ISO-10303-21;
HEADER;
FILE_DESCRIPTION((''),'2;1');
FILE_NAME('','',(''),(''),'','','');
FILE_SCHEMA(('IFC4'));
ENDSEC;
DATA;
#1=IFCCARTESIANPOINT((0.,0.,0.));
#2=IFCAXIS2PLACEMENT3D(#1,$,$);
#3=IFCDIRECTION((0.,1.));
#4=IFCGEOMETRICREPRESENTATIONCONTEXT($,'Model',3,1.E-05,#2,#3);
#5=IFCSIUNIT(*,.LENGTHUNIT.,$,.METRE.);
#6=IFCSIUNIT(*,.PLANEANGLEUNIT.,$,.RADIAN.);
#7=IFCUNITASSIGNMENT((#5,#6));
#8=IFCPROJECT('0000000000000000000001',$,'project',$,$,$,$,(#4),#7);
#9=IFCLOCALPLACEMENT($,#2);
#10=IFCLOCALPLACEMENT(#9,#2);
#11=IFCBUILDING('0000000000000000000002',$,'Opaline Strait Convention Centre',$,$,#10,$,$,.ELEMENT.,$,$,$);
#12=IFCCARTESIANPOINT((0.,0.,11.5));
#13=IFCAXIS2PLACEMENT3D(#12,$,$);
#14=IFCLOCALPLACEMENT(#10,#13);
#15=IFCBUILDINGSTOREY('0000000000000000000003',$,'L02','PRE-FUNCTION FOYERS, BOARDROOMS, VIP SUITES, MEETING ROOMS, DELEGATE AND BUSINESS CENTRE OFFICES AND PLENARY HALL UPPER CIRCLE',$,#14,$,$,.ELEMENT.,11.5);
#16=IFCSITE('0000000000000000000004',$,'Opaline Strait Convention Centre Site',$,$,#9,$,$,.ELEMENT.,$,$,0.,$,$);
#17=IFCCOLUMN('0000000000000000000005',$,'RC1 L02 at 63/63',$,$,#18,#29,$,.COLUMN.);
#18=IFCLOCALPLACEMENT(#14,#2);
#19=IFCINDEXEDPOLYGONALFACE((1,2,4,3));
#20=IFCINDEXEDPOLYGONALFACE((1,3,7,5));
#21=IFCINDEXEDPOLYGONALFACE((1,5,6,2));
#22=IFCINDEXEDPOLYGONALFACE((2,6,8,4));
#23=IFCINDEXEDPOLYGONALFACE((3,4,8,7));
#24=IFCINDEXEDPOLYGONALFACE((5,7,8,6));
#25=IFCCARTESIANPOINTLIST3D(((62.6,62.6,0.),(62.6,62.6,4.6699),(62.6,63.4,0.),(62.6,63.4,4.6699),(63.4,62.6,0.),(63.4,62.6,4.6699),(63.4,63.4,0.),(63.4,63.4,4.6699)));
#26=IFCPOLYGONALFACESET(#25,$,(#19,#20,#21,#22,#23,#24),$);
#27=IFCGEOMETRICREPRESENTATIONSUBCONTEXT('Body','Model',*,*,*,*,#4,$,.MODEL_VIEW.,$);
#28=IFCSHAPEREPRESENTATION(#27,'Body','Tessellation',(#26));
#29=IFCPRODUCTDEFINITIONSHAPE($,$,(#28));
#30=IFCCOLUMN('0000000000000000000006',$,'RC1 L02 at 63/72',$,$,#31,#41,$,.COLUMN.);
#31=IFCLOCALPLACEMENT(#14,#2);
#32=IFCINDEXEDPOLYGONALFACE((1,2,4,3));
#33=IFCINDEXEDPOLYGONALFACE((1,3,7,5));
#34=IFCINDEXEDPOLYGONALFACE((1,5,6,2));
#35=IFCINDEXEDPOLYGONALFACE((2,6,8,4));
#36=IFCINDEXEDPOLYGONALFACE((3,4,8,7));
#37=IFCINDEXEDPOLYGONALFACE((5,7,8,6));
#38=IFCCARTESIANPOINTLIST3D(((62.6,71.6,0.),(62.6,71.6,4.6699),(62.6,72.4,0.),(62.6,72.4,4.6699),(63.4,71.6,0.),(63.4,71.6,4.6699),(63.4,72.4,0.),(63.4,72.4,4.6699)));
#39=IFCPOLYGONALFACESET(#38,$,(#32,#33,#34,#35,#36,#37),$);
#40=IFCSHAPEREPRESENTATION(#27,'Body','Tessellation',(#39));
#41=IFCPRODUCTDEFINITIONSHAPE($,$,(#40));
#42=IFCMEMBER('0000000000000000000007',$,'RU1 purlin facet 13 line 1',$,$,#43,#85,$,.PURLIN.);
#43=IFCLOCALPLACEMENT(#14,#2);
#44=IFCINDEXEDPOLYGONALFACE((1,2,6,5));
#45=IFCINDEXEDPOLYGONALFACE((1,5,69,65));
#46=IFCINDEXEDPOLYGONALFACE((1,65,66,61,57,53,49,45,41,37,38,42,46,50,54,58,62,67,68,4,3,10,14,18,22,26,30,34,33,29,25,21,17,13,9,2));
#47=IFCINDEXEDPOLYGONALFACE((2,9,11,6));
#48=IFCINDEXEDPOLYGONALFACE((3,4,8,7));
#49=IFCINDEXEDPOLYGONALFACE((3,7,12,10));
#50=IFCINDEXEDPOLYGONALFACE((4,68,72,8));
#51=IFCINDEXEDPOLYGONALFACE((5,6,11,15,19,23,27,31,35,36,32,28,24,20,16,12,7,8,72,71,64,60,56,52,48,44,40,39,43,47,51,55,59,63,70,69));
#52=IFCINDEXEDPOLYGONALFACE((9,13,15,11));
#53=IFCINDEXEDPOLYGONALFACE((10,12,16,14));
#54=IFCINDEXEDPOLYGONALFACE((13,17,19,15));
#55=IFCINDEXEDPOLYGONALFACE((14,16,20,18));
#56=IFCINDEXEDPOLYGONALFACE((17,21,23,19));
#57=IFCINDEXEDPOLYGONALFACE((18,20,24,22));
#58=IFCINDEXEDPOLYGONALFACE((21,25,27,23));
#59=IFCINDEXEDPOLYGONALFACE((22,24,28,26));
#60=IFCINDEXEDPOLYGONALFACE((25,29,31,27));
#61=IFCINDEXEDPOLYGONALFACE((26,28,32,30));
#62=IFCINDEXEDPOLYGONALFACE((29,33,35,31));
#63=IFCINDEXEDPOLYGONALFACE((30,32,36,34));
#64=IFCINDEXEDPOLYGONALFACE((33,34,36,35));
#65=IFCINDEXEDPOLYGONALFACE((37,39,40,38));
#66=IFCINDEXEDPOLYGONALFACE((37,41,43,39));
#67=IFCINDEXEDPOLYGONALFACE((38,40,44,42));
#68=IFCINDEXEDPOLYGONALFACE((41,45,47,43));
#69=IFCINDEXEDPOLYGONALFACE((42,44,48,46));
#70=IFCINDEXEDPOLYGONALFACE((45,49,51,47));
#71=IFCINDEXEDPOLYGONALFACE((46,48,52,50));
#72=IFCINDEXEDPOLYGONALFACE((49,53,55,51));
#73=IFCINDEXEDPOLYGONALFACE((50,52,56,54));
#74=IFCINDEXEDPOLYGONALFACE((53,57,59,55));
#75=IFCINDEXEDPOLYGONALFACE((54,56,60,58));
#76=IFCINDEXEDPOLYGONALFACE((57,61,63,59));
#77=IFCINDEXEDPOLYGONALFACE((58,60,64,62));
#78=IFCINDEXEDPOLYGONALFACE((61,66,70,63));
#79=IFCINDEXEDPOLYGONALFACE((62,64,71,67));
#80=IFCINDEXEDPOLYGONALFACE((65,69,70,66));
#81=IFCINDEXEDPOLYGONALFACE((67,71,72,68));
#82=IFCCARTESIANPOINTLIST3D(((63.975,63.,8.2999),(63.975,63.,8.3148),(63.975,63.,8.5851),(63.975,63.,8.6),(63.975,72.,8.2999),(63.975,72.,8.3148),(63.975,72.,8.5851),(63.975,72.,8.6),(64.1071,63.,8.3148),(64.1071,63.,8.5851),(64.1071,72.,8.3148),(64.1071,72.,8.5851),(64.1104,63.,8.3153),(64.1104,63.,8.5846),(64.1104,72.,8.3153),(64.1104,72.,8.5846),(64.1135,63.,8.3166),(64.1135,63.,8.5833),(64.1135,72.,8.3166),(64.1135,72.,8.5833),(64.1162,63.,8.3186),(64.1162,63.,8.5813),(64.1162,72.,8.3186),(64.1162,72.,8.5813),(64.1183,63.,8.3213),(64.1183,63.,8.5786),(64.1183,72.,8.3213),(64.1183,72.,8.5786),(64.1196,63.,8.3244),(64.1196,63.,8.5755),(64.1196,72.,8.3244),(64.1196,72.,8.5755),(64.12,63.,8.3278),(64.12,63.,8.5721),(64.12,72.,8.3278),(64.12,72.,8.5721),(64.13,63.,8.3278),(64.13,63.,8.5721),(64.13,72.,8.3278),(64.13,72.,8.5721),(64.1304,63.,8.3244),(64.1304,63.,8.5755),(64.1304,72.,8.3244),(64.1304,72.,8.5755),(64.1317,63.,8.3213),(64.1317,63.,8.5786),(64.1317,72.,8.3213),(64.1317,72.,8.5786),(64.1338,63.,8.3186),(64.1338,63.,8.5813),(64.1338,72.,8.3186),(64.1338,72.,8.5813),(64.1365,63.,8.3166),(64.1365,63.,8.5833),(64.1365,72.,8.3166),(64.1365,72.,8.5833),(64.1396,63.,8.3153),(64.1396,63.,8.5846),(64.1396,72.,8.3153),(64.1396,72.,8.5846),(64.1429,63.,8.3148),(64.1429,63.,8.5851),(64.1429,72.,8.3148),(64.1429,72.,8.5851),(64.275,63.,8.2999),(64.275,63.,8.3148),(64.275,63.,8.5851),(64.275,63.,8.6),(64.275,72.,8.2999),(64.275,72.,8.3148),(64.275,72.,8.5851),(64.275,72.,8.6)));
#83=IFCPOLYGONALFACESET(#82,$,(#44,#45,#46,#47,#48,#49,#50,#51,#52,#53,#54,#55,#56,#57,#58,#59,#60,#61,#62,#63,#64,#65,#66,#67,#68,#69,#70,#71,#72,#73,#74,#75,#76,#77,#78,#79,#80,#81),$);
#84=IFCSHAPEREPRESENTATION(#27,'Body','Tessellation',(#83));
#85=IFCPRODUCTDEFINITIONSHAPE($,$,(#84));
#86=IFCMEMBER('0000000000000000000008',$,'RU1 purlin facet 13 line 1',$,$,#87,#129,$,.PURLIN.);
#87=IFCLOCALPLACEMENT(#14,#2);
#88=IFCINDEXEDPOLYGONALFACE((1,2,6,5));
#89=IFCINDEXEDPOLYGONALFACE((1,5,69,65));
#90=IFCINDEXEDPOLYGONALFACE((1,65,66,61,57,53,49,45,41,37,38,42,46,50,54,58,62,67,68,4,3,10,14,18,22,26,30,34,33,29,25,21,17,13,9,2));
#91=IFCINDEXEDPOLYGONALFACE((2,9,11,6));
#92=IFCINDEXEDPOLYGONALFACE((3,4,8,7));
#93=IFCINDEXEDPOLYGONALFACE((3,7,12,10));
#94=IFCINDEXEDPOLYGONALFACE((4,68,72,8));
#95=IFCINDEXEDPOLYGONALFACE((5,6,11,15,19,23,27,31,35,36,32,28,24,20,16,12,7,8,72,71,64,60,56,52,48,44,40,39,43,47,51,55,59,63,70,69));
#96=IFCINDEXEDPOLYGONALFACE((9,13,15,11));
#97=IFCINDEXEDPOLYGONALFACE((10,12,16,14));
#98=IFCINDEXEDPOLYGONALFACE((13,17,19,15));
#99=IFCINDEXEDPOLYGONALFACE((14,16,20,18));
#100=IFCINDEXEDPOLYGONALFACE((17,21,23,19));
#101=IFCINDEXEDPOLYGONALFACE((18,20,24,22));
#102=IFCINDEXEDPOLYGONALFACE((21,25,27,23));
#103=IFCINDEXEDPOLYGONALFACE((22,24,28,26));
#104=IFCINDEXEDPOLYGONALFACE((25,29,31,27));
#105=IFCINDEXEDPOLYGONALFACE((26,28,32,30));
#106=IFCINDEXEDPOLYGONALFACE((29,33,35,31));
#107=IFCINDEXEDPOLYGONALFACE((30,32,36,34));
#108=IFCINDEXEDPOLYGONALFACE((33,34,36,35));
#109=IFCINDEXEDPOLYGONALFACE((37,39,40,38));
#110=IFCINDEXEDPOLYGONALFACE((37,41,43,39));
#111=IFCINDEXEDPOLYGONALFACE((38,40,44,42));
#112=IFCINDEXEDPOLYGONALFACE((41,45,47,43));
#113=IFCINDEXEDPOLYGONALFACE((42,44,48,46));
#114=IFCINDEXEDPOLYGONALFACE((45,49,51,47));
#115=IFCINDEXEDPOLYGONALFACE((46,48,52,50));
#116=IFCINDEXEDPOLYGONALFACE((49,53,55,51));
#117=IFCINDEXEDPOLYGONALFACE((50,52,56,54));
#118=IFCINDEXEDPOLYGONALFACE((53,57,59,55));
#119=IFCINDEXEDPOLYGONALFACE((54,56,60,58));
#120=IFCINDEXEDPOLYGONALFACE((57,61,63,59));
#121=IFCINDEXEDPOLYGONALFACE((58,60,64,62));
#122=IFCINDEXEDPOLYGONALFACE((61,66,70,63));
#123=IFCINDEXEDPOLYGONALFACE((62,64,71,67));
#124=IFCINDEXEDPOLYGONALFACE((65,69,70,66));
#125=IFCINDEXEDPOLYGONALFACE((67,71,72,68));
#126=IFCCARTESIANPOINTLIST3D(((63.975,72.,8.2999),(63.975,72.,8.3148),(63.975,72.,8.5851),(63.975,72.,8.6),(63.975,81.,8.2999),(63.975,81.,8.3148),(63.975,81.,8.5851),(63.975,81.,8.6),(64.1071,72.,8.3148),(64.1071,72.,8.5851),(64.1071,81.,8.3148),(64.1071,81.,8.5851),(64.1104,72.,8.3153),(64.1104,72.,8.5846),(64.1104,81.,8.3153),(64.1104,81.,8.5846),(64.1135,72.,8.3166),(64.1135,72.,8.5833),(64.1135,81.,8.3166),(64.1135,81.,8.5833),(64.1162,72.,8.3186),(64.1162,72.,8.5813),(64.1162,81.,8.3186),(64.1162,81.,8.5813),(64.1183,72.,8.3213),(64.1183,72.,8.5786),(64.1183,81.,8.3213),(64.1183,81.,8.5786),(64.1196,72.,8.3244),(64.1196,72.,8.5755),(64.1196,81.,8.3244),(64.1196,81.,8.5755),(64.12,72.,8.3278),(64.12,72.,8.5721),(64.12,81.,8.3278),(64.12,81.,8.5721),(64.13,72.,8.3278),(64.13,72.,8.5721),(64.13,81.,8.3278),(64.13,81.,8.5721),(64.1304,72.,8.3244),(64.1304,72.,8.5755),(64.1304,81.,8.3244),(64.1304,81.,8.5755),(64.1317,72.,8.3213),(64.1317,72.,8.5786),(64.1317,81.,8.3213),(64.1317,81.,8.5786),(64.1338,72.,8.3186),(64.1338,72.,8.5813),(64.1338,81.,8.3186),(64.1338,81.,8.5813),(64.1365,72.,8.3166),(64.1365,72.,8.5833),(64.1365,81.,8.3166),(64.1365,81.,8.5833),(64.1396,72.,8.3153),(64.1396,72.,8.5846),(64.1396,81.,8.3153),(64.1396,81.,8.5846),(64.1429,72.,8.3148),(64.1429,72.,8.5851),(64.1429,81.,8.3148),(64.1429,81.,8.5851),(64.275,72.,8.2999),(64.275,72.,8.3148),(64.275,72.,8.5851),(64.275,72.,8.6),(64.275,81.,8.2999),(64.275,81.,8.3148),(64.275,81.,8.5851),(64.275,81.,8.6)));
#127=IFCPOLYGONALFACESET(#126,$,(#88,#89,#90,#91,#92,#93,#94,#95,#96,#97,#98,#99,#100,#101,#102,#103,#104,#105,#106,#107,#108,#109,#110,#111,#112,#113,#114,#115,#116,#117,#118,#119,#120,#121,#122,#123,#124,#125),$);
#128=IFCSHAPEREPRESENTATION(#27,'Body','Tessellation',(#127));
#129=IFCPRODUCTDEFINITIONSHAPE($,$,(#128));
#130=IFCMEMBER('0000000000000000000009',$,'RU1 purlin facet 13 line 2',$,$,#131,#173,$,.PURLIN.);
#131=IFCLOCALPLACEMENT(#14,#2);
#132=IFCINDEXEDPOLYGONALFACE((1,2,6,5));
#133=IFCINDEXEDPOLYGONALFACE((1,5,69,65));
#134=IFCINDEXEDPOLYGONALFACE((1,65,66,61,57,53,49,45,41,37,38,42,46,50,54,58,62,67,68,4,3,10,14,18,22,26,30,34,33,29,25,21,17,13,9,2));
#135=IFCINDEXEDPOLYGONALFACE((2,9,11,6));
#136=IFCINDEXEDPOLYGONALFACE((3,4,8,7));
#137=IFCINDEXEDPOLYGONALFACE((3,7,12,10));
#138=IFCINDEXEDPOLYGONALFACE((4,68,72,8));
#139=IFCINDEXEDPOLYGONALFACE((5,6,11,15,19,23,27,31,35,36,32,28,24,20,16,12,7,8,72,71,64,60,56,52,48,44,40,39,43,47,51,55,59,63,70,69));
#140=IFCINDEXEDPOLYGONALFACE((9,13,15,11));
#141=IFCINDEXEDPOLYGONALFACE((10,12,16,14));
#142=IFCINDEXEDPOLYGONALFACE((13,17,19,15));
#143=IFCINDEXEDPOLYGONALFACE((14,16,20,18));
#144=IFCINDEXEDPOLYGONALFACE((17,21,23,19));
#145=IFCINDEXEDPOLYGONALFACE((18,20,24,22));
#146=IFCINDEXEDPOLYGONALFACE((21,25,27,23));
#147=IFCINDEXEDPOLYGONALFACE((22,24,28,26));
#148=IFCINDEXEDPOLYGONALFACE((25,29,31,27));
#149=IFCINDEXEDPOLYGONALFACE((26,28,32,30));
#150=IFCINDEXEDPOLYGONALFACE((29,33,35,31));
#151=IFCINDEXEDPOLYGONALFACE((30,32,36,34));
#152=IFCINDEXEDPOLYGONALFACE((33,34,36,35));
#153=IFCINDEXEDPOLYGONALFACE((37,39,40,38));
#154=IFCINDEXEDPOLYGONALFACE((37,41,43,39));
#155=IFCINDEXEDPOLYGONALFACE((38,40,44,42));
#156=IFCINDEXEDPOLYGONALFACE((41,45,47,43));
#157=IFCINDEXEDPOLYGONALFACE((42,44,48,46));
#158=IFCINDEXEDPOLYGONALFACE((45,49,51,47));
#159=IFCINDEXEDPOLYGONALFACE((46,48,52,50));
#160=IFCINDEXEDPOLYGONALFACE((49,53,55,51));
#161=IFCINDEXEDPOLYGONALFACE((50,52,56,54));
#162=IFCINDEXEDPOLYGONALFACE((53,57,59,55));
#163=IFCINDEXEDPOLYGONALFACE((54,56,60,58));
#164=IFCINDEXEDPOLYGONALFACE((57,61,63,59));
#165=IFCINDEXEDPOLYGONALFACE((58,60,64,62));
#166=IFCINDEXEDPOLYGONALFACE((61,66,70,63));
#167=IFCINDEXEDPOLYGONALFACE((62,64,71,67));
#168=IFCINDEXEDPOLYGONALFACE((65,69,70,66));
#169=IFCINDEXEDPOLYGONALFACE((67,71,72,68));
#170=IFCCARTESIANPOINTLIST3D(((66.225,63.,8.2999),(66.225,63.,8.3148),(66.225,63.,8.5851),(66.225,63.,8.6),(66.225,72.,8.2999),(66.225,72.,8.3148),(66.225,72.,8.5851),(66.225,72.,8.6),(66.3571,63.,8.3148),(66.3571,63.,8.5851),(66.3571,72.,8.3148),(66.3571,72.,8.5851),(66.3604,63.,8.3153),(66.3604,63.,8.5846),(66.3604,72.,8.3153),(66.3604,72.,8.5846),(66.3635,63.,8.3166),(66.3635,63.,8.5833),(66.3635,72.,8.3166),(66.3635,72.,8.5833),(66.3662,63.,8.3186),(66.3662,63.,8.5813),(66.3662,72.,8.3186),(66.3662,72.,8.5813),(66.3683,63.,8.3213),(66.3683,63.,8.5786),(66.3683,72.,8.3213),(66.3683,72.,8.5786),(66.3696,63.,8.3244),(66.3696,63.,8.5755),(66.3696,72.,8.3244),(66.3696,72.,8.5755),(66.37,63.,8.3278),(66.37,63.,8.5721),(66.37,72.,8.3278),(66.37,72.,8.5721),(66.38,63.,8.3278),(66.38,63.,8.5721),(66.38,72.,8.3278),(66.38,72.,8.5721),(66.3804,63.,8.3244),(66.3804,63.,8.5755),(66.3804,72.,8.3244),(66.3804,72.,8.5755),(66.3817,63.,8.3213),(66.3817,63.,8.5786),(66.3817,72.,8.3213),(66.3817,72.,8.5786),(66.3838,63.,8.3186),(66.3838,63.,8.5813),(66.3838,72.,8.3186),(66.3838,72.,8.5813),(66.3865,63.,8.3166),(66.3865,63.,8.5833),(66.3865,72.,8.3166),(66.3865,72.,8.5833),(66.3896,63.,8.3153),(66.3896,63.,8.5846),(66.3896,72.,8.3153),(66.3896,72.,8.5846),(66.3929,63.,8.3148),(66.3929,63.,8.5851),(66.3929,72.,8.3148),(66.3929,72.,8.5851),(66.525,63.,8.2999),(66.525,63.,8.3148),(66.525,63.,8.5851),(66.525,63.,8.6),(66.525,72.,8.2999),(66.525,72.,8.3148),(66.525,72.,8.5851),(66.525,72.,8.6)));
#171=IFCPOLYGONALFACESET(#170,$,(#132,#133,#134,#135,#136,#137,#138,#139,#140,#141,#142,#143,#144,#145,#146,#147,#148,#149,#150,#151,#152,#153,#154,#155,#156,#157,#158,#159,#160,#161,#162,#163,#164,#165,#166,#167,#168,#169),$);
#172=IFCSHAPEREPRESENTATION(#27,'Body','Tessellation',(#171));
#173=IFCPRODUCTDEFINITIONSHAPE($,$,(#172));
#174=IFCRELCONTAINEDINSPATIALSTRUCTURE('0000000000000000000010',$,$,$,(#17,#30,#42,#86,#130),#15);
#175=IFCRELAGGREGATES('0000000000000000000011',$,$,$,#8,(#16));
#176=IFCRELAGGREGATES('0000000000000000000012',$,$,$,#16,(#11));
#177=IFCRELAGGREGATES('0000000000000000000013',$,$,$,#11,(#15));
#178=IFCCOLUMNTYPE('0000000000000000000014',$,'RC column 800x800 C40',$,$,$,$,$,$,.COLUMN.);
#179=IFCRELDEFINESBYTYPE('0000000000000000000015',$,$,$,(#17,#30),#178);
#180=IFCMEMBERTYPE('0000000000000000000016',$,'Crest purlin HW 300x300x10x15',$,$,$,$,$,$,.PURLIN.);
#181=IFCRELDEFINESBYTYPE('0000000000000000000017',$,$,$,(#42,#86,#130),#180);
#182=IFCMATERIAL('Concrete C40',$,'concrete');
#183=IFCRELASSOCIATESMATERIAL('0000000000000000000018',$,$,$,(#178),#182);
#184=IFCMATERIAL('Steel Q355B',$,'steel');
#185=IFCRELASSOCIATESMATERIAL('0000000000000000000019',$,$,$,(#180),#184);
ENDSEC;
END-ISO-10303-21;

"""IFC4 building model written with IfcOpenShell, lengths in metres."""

from ifc_helpers import new_model, si_unit, direction, frame, origin, origin_2d, place, context, subcontext, project, spatial, rectangle, i_section, extrude, material, material_profile, profile_set, type_object, element, save


model = new_model("IFC4")

# Units and contexts
model_context = context("Model", 3, precision=1e-05, world=origin(), true_north=direction((0.0, 1.0)))
body_context = subcontext(model_context, "Body", "Model", "MODEL_VIEW")
ifc_project = project(units=[si_unit("LENGTHUNIT", "METRE"), si_unit("PLANEANGLEUNIT", "RADIAN")], contexts=[model_context])

# Site, building, storey
site_placement = place(None, origin())
site = spatial("IfcSite", under=ifc_project, at=site_placement, Name="Opaline Strait Convention Centre Site", CompositionType="ELEMENT", RefElevation=0.0)
building_placement = place(site_placement, origin())
building = spatial("IfcBuilding", under=site, at=building_placement, Name="Opaline Strait Convention Centre", CompositionType="ELEMENT")
storey_placement = place(building_placement, frame((0.0, 0.0, 11.5)))
storey = spatial("IfcBuildingStorey", under=building, at=storey_placement, Name="L02", Description="PRE-FUNCTION FOYERS, BOARDROOMS, VIP SUITES, MEETING ROOMS, DELEGATE AND BUSINESS CENTRE OFFICES AND PLENARY HALL UPPER CIRCLE", CompositionType="ELEMENT", Elevation=11.5)

# Columns
ifc_material_1 = material(Name="Concrete C40", Category="concrete")
ifc_material_profile_1 = material_profile(ifc_material_1, rectangle(XDim=0.8, YDim=0.8, at=origin_2d()), Name="RC 800x800")
ifc_profile_set_1 = profile_set([ifc_material_profile_1], Name="Concrete C40")
column_type = type_object("IfcColumnType", Name="RC column 800x800 C40", PredefinedType="COLUMN", material=ifc_profile_set_1)
for number, where, z_axis, x_axis, name in (
    (1, (63.0, 63.0, 0.0), (0.0, 0.0, 1.0), (1.0, 0.0, 0.0), "RC1 L02 at 63/63"),
    (2, (63.0, 72.0, 0.0), (0.0, 0.0, 1.0), (1.0, 0.0, 0.0), "RC1 L02 at 63/72"),
):
    element("IfcColumn", number, at=place(storey_placement, frame(where, z_axis=z_axis, x_axis=x_axis)), inside=storey, type_object=column_type, Name=name, PredefinedType="COLUMN", context=body_context, shape_type="SweptSolid", body=[
        extrude(rectangle(XDim=0.8, YDim=0.8, at=origin_2d()), origin(), (0.0, 0.0, 1.0), 4.6699),
    ])

# Members
ifc_material_2 = material(Name="Steel Q355B", Category="steel")
ifc_material_profile_2 = material_profile(ifc_material_2, i_section(OverallWidth=0.3, OverallDepth=0.3, WebThickness=0.01, FlangeThickness=0.0149, FilletRadius=0.0129, at=origin_2d()), Name="HW 300x300x10x15")
ifc_profile_set_2 = profile_set([ifc_material_profile_2], Name="Steel Q355B")
member_type_1 = type_object("IfcMemberType", Name="Crest purlin HW 300x300x10x15", PredefinedType="PURLIN", material=ifc_profile_set_2)
for number, where, z_axis, x_axis, name in (
    (3, (64.125, 63.0, 8.45), (0.0, 1.0, 0.0), (-1.0, 0.0, 0.0), "RU1 purlin facet 13 line 1"),
    (4, (64.125, 72.0, 8.45), (0.0, 1.0, 0.0), (-1.0, 0.0, 0.0), "RU1 purlin facet 13 line 1"),
    (5, (66.375, 63.0, 8.45), (0.0, 1.0, 0.0), (-1.0, 0.0, 0.0), "RU1 purlin facet 13 line 2"),
):
    element("IfcMember", number, at=place(storey_placement, frame(where, z_axis=z_axis, x_axis=x_axis)), inside=storey, type_object=member_type_1, Name=name, PredefinedType="PURLIN", context=body_context, shape_type="SweptSolid", body=[
        extrude(i_section(OverallWidth=0.3, OverallDepth=0.3, WebThickness=0.01, FlangeThickness=0.0149, FilletRadius=0.0129, at=origin_2d()), origin(), (0.0, 0.0, 1.0), 9.0),
    ])

save(model, "model.ifc")
